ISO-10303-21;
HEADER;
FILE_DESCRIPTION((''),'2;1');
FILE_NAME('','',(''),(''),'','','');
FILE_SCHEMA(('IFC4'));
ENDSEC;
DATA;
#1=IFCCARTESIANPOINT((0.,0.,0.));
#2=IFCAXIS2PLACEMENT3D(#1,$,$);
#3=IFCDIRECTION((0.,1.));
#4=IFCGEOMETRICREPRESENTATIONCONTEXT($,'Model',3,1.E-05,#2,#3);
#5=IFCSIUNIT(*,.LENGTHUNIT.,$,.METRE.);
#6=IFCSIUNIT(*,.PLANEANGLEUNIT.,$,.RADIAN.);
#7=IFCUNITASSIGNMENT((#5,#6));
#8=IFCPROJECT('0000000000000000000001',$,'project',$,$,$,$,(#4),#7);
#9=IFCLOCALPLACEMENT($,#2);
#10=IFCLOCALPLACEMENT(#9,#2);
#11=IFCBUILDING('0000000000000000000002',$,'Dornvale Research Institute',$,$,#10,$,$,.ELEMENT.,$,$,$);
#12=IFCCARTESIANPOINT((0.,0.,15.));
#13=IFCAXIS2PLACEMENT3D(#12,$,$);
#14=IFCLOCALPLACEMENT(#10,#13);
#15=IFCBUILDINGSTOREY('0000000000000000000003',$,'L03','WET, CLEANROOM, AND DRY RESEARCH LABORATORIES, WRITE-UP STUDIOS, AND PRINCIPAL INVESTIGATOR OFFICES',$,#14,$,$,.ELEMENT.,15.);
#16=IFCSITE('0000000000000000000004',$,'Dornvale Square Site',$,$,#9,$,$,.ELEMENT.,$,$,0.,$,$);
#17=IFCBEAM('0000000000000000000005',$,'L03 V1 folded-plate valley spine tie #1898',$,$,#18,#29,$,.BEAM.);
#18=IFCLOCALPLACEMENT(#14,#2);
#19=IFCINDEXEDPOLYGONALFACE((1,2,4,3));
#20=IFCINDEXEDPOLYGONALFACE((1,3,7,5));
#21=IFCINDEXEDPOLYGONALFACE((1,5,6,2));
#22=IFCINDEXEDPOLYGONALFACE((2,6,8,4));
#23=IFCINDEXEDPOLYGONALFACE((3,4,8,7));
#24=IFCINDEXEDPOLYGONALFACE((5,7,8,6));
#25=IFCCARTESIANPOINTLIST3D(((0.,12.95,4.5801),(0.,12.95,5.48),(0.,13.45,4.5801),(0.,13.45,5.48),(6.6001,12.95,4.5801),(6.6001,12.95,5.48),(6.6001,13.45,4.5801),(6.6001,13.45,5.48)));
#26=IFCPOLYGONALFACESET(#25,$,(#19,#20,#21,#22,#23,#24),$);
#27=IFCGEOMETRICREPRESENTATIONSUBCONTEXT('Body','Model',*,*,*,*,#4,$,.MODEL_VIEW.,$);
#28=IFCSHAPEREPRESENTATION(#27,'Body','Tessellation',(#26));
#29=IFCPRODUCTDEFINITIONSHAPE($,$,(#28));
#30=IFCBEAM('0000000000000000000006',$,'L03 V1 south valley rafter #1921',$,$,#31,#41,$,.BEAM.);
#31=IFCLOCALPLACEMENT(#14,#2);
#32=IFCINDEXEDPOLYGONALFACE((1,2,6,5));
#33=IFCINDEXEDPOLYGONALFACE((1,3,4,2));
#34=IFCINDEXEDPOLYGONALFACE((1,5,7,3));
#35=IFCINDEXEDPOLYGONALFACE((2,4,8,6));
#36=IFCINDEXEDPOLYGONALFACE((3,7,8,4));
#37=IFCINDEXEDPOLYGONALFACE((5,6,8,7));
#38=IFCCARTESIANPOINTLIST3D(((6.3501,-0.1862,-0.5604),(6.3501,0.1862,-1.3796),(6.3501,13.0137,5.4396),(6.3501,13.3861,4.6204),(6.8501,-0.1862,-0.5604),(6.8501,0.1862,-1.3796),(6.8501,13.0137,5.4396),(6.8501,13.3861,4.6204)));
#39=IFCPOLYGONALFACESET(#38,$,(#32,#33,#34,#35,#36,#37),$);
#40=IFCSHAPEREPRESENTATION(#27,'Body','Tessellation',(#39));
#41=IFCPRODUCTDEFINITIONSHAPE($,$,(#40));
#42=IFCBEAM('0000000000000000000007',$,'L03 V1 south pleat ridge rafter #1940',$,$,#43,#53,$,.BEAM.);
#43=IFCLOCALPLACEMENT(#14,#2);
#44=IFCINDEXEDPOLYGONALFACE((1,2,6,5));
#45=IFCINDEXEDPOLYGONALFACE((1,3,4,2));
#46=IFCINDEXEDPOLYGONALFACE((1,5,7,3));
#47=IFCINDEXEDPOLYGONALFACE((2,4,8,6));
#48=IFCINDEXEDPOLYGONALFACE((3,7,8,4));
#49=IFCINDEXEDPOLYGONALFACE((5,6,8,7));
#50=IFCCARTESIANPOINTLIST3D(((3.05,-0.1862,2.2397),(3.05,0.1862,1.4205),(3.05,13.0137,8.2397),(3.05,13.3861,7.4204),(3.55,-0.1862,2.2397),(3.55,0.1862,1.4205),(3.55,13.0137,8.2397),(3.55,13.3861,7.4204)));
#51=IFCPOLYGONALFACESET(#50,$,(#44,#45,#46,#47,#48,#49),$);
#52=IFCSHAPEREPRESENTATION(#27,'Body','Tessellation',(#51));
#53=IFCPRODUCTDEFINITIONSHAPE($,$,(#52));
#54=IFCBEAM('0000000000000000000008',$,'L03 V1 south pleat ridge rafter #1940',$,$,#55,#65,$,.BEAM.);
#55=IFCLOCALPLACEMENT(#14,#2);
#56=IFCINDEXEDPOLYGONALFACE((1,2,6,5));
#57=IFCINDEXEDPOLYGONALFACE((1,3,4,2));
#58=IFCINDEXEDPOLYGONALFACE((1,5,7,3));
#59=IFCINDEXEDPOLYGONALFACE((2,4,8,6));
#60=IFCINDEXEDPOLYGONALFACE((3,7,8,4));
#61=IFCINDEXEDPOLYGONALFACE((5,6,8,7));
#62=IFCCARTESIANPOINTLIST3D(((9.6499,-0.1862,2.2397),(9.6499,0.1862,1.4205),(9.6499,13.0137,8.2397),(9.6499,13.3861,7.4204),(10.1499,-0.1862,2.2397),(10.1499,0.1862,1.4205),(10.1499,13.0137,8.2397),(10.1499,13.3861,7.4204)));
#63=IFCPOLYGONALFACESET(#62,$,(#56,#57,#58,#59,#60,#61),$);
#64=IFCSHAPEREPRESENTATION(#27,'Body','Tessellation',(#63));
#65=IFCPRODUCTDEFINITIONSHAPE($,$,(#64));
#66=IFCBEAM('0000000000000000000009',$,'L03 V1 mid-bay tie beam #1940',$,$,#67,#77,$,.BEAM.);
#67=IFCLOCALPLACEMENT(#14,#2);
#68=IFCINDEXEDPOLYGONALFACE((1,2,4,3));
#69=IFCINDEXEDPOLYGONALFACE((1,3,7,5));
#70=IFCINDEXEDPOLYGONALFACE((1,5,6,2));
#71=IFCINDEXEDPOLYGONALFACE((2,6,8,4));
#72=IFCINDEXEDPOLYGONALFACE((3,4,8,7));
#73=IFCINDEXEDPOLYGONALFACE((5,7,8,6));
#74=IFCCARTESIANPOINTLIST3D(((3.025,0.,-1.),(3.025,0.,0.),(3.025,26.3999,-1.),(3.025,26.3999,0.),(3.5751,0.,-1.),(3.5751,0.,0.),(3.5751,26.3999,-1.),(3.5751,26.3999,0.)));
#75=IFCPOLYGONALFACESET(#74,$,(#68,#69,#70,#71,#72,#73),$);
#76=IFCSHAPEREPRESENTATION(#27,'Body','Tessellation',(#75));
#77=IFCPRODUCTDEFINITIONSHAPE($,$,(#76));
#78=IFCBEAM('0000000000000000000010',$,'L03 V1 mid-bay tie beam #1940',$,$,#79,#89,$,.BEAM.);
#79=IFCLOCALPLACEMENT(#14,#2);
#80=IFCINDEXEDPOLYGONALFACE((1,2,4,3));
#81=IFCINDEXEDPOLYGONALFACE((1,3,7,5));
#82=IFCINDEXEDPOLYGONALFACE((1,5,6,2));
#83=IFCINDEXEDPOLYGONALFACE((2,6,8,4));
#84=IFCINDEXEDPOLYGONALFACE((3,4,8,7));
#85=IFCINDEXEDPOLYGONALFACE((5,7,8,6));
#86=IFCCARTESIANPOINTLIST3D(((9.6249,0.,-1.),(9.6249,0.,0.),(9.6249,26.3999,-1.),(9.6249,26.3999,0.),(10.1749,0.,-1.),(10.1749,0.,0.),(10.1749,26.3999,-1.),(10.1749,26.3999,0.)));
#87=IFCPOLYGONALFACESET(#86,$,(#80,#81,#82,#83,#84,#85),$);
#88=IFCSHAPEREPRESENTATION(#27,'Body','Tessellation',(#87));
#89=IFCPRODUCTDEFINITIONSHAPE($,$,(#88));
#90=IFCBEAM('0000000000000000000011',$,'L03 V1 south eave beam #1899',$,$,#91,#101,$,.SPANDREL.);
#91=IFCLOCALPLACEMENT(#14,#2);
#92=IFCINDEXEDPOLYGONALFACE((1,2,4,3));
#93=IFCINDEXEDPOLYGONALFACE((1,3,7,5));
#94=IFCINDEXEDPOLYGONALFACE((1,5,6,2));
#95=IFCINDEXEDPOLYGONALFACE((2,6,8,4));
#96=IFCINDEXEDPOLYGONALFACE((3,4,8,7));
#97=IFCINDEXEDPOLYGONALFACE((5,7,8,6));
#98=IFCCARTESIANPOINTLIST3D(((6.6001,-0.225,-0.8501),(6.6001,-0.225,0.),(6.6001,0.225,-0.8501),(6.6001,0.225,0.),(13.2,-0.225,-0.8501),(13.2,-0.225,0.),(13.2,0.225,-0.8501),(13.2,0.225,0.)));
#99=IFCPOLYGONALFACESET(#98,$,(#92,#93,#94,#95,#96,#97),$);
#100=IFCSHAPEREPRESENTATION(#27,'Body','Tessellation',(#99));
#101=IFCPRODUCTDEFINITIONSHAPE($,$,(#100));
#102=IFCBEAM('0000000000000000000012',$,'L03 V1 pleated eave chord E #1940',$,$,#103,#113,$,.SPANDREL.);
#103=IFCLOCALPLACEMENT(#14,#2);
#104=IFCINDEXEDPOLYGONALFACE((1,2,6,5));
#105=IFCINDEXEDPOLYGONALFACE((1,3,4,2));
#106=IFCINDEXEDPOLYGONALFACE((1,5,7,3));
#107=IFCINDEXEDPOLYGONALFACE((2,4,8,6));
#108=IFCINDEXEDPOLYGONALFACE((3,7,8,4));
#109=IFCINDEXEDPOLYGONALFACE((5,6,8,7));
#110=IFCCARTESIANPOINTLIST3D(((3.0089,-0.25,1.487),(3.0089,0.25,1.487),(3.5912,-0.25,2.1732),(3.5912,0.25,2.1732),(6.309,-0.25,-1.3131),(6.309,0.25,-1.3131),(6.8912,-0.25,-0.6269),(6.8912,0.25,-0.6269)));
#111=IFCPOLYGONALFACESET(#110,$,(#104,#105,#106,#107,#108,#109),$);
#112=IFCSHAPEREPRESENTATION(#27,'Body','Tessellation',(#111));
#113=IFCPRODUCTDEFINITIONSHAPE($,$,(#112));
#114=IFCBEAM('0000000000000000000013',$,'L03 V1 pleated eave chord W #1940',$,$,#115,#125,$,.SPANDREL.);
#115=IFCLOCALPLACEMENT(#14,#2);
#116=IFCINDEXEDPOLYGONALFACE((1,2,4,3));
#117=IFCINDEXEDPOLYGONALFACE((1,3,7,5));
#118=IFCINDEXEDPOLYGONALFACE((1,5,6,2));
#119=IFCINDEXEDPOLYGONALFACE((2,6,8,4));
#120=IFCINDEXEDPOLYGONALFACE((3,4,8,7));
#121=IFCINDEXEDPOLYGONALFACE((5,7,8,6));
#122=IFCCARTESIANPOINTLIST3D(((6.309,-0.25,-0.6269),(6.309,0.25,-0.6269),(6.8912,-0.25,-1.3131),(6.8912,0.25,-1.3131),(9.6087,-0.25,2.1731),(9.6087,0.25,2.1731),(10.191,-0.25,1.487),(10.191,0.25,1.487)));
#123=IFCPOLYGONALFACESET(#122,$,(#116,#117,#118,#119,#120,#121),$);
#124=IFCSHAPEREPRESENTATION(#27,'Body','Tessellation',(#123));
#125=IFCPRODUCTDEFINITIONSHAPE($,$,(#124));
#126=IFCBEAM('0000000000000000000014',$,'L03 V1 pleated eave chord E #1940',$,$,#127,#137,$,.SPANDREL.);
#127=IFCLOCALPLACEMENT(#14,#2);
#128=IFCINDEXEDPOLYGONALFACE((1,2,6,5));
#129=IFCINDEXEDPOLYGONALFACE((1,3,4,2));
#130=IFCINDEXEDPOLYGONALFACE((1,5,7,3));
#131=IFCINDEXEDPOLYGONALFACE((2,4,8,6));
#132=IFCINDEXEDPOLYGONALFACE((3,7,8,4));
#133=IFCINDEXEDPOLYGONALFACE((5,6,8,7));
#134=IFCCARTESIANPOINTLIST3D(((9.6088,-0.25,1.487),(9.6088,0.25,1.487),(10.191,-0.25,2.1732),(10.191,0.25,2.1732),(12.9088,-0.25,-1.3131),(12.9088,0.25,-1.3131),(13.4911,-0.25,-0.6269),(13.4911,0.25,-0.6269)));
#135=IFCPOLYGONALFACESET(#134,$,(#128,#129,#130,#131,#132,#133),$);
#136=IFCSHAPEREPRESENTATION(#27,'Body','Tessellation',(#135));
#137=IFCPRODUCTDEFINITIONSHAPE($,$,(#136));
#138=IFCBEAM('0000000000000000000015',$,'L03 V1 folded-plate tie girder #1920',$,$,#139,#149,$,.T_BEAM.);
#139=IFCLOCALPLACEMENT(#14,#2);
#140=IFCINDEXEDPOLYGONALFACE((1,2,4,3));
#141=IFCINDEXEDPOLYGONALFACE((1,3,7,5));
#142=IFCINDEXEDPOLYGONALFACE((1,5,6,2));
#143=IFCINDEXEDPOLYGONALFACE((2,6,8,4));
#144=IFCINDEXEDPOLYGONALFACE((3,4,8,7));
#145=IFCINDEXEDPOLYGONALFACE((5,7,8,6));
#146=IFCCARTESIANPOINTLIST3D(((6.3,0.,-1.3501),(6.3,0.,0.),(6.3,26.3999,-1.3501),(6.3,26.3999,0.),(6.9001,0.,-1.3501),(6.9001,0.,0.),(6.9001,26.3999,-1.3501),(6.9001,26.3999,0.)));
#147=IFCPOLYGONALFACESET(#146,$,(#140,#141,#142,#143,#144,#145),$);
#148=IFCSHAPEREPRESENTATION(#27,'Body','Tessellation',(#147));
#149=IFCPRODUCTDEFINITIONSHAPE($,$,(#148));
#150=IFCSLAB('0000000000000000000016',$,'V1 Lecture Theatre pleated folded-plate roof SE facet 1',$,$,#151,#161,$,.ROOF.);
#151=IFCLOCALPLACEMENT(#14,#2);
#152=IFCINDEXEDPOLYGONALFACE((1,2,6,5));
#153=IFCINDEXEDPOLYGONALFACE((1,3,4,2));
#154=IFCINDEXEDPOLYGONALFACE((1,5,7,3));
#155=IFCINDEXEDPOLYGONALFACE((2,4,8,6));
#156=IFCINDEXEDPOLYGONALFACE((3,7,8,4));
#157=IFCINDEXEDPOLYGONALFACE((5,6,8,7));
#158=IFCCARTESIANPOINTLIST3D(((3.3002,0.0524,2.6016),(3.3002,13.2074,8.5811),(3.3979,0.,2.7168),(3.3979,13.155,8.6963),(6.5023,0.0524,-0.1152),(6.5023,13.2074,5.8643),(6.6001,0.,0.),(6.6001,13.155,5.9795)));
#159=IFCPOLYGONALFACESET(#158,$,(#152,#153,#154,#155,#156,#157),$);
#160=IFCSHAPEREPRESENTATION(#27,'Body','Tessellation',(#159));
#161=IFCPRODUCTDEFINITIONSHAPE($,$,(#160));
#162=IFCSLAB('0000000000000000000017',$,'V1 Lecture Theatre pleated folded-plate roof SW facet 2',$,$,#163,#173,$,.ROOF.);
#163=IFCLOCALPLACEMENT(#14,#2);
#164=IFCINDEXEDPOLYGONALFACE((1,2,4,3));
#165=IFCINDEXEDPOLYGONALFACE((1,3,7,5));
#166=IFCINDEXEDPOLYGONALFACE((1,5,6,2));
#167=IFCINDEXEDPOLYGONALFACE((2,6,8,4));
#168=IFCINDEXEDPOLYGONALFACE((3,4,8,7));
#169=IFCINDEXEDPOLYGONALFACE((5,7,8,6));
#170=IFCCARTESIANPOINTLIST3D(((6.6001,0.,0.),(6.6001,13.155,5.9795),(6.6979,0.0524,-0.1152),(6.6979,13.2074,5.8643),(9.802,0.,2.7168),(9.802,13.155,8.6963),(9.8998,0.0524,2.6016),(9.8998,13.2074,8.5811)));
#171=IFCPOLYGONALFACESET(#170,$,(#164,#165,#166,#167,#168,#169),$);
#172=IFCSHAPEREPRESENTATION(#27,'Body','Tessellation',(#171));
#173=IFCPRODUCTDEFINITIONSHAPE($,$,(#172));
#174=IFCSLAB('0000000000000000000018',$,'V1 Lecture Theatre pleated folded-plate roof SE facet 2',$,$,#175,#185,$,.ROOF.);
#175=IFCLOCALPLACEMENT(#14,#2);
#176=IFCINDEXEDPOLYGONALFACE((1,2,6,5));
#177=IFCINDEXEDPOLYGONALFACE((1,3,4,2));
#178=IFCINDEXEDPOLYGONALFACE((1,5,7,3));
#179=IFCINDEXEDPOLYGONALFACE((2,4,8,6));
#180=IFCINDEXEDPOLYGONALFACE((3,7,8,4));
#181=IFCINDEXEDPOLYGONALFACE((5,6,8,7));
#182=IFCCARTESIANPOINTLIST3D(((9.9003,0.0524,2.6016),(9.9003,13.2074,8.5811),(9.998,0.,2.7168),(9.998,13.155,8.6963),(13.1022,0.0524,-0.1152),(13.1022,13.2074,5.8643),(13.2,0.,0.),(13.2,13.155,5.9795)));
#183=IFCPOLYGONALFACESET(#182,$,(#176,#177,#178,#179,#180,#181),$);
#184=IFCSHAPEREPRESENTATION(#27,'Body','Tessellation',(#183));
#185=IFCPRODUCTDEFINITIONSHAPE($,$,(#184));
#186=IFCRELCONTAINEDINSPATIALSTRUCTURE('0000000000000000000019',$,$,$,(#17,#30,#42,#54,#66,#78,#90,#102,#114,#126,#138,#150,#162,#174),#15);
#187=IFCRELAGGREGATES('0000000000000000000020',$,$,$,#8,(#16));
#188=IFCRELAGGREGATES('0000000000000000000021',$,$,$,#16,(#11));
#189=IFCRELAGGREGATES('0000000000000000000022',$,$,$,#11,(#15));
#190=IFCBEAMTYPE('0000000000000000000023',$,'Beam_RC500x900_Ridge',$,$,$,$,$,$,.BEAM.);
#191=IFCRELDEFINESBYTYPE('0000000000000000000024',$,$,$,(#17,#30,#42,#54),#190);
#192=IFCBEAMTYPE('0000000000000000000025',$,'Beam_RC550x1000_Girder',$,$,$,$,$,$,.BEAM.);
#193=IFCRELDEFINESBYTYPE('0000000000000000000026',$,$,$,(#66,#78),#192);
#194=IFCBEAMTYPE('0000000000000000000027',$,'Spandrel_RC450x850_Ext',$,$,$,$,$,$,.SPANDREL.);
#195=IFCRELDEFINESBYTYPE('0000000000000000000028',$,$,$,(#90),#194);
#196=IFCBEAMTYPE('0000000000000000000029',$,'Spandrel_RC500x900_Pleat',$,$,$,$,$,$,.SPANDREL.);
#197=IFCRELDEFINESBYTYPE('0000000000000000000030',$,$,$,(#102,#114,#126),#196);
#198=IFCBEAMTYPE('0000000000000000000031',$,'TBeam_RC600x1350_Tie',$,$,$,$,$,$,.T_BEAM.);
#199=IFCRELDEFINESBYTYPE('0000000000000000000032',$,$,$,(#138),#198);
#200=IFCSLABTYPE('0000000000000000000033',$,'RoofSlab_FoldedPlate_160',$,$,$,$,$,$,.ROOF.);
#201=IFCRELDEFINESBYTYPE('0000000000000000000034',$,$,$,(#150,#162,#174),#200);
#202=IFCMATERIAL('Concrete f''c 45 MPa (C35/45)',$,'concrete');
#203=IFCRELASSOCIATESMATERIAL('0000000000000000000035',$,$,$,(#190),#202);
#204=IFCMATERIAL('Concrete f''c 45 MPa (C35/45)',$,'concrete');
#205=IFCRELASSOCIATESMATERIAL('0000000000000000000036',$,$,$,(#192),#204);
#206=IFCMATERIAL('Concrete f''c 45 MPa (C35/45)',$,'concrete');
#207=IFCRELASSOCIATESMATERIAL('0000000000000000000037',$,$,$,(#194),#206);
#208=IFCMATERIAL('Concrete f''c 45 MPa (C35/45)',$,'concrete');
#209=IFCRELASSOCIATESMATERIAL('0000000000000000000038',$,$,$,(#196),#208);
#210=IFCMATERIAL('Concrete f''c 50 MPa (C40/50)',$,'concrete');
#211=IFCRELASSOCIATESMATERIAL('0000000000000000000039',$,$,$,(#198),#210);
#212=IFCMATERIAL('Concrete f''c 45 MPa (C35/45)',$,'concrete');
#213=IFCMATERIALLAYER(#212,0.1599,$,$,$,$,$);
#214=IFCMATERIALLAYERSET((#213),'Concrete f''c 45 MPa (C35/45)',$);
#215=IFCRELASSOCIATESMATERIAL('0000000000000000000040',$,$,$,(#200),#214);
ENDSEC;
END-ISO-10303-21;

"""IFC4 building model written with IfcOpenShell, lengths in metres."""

from ifc_helpers import new_model, si_unit, direction, frame, origin, origin_2d, place, context, subcontext, project, spatial, polyline, rectangle, outline, extrude, material, layer, layer_set, material_profile, profile_set, type_object, element, save


model = new_model("IFC4")

# Units and contexts
model_context = context("Model", 3, precision=1e-05, world=origin(), true_north=direction((0.0, 1.0)))
body_context = subcontext(model_context, "Body", "Model", "MODEL_VIEW")
ifc_project = project(units=[si_unit("LENGTHUNIT", "METRE"), si_unit("PLANEANGLEUNIT", "RADIAN")], contexts=[model_context])

# Site, building, storey
site_placement = place(None, origin())
site = spatial("IfcSite", under=ifc_project, at=site_placement, Name="Dornvale Square Site", CompositionType="ELEMENT", RefElevation=0.0)
building_placement = place(site_placement, origin())
building = spatial("IfcBuilding", under=site, at=building_placement, Name="Dornvale Research Institute", CompositionType="ELEMENT")
storey_placement = place(building_placement, frame((0.0, 0.0, 15.0)))
storey = spatial("IfcBuildingStorey", under=building, at=storey_placement, Name="L03", Description="WET, CLEANROOM, AND DRY RESEARCH LABORATORIES, WRITE-UP STUDIOS, AND PRINCIPAL INVESTIGATOR OFFICES", CompositionType="ELEMENT", Elevation=15.0)

# Beams
ifc_material_1 = material(Name="Concrete f'c 45 MPa (C35/45)", Category="concrete")
ifc_material_profile_1 = material_profile(ifc_material_1, rectangle(XDim=0.5, YDim=0.8999, at=origin_2d()), Name="RC 500x900")
ifc_profile_set_1 = profile_set([ifc_material_profile_1], Name="Concrete f'c 45 MPa (C35/45)")
beam_type_1 = type_object("IfcBeamType", Name="Beam_RC500x900_Ridge", PredefinedType="BEAM", material=ifc_profile_set_1)
beam_1_placement = place(storey_placement, frame((0.0, 13.2, 5.03), z_axis=(1.0, 0.0, 0.0), x_axis=(0.0, 1.0, 0.0)))
element("IfcBeam", 1, at=beam_1_placement, inside=storey, type_object=beam_type_1, Name="L03 V1 folded-plate valley spine tie #1898", PredefinedType="BEAM", context=body_context, shape_type="SweptSolid", body=[
    extrude(rectangle(XDim=0.5, YDim=0.8999, at=origin_2d()), origin(), (0.0, 0.0, 1.0), 6.6001),
])
for number, where, z_axis, x_axis, name in (
    (2, (6.6001, 0.0, -0.97), (0.0, 0.910366, 0.413804), (-1.0, 0.0, 0.0), "L03 V1 south valley rafter #1921"),
    (3, (3.3, 0.0, 1.8301), (0.0, 0.910366, 0.413804), (-1.0, 0.0, 0.0), "L03 V1 south pleat ridge rafter #1940"),
    (4, (9.8999, 0.0, 1.8301), (0.0, 0.910366, 0.413804), (-1.0, 0.0, 0.0), "L03 V1 south pleat ridge rafter #1940"),
):
    element("IfcBeam", number, at=place(storey_placement, frame(where, z_axis=z_axis, x_axis=x_axis)), inside=storey, type_object=beam_type_1, Name=name, PredefinedType="BEAM", context=body_context, shape_type="SweptSolid", body=[
        extrude(rectangle(XDim=0.5, YDim=0.8999, at=origin_2d()), origin(), (0.0, 0.0, 1.0), 14.4995),
    ])
ifc_material_2 = material(Name="Concrete f'c 45 MPa (C35/45)", Category="concrete")
ifc_material_profile_2 = material_profile(ifc_material_2, rectangle(XDim=0.55, YDim=1.0, at=origin_2d()), Name="RC 550x1000")
ifc_profile_set_2 = profile_set([ifc_material_profile_2], Name="Concrete f'c 45 MPa (C35/45)")
beam_type_2 = type_object("IfcBeamType", Name="Beam_RC550x1000_Girder", PredefinedType="BEAM", material=ifc_profile_set_2)
for number, where, z_axis, x_axis, name in (
    (5, (3.3, 0.0, -0.5), (0.0, 1.0, 0.0), (-1.0, 0.0, 0.0), "L03 V1 mid-bay tie beam #1940"),
    (6, (9.8999, 0.0, -0.5), (0.0, 1.0, 0.0), (-1.0, 0.0, 0.0), "L03 V1 mid-bay tie beam #1940"),
):
    element("IfcBeam", number, at=place(storey_placement, frame(where, z_axis=z_axis, x_axis=x_axis)), inside=storey, type_object=beam_type_2, Name=name, PredefinedType="BEAM", context=body_context, shape_type="SweptSolid", body=[
        extrude(rectangle(XDim=0.55, YDim=1.0, at=origin_2d()), origin(), (0.0, 0.0, 1.0), 26.3999),
    ])
ifc_material_3 = material(Name="Concrete f'c 45 MPa (C35/45)", Category="concrete")
ifc_material_profile_3 = material_profile(ifc_material_3, rectangle(XDim=0.45, YDim=0.8501, at=origin_2d()), Name="RC 450x850")
ifc_profile_set_3 = profile_set([ifc_material_profile_3], Name="Concrete f'c 45 MPa (C35/45)")
beam_type_3 = type_object("IfcBeamType", Name="Spandrel_RC450x850_Ext", PredefinedType="SPANDREL", material=ifc_profile_set_3)
beam_2_placement = place(storey_placement, frame((6.6001, 0.0, -0.425), z_axis=(1.0, 0.0, 0.0), x_axis=(0.0, 1.0, 0.0)))
element("IfcBeam", 7, at=beam_2_placement, inside=storey, type_object=beam_type_3, Name="L03 V1 south eave beam #1899", PredefinedType="SPANDREL", context=body_context, shape_type="SweptSolid", body=[
    extrude(rectangle(XDim=0.45, YDim=0.8501, at=origin_2d()), origin(), (0.0, 0.0, 1.0), 6.5999),
])
ifc_material_4 = material(Name="Concrete f'c 45 MPa (C35/45)", Category="concrete")
ifc_material_profile_4 = material_profile(ifc_material_4, rectangle(XDim=0.5, YDim=0.8999, at=origin_2d()), Name="RC 500x900")
ifc_profile_set_4 = profile_set([ifc_material_profile_4], Name="Concrete f'c 45 MPa (C35/45)")
beam_type_4 = type_object("IfcBeamType", Name="Spandrel_RC500x900_Pleat", PredefinedType="SPANDREL", material=ifc_profile_set_4)
beam_3_placement = place(storey_placement, frame((3.3, 0.0, 1.8301), z_axis=(0.762508, 0.0, -0.646978), x_axis=(0.0, 1.0, 0.0)))
element("IfcBeam", 8, at=beam_3_placement, inside=storey, type_object=beam_type_4, Name="L03 V1 pleated eave chord E #1940", PredefinedType="SPANDREL", context=body_context, shape_type="SweptSolid", body=[
    extrude(rectangle(XDim=0.5, YDim=0.8999, at=origin_2d()), origin(), (0.0, 0.0, 1.0), 4.3279),
])
beam_4_placement = place(storey_placement, frame((6.6001, 0.0, -0.97), z_axis=(0.762485, 0.0, 0.647006), x_axis=(0.0, 1.0, 0.0)))
element("IfcBeam", 9, at=beam_4_placement, inside=storey, type_object=beam_type_4, Name="L03 V1 pleated eave chord W #1940", PredefinedType="SPANDREL", context=body_context, shape_type="SweptSolid", body=[
    extrude(rectangle(XDim=0.5, YDim=0.8999, at=origin_2d()), origin(), (0.0, 0.0, 1.0), 4.3276),
])
beam_5_placement = place(storey_placement, frame((9.8999, 0.0, 1.8301), z_axis=(0.762508, 0.0, -0.646978), x_axis=(0.0, 1.0, 0.0)))
element("IfcBeam", 10, at=beam_5_placement, inside=storey, type_object=beam_type_4, Name="L03 V1 pleated eave chord E #1940", PredefinedType="SPANDREL", context=body_context, shape_type="SweptSolid", body=[
    extrude(rectangle(XDim=0.5, YDim=0.8999, at=origin_2d()), origin(), (0.0, 0.0, 1.0), 4.3279),
])
ifc_material_5 = material(Name="Concrete f'c 50 MPa (C40/50)", Category="concrete")
ifc_material_profile_5 = material_profile(ifc_material_5, rectangle(XDim=0.6001, YDim=1.3501, at=origin_2d()), Name="RC 600x1350")
ifc_profile_set_5 = profile_set([ifc_material_profile_5], Name="Concrete f'c 50 MPa (C40/50)")
beam_type_5 = type_object("IfcBeamType", Name="TBeam_RC600x1350_Tie", PredefinedType="T_BEAM", material=ifc_profile_set_5)
beam_6_placement = place(storey_placement, frame((6.6001, 0.0, -0.675), z_axis=(0.0, 1.0, 0.0), x_axis=(-1.0, 0.0, 0.0)))
element("IfcBeam", 11, at=beam_6_placement, inside=storey, type_object=beam_type_5, Name="L03 V1 folded-plate tie girder #1920", PredefinedType="T_BEAM", context=body_context, shape_type="SweptSolid", body=[
    extrude(rectangle(XDim=0.6001, YDim=1.3501, at=origin_2d()), origin(), (0.0, 0.0, 1.0), 26.3999),
])

# Slabs
ifc_material_6 = material(Name="Concrete f'c 45 MPa (C35/45)", Category="concrete")
ifc_layer_1 = layer(ifc_material_6, 0.1599)
ifc_layer_set_1 = layer_set([ifc_layer_1], Name="Concrete f'c 45 MPa (C35/45)")
slab_type = type_object("IfcSlabType", Name="RoofSlab_FoldedPlate_160", PredefinedType="ROOF", material=ifc_layer_set_1)
slab_1_placement = place(storey_placement, frame((3.3979, 0.0, 2.7168), z_axis=(0.611277, -0.327488, 0.720481), x_axis=(0.76253, 0.0, -0.646953)))
element("IfcSlab", 12, at=slab_1_placement, inside=storey, type_object=slab_type, Name="V1 Lecture Theatre pleated folded-plate roof SE facet 1", PredefinedType="ROOF", context=body_context, shape_type="SweptSolid", body=[
    extrude(outline(polyline([(0.0, 0.0), (4.1994, 0.0), (0.3309, 13.9228), (-3.8684, 13.9228), (0.0, 0.0)])), origin(), (0.0, 0.0, -1.0), 0.1599),
])
slab_2_placement = place(storey_placement, frame((6.6001, 0.0, 0.0), z_axis=(-0.611306, -0.327478, 0.72046), x_axis=(0.762506, 0.0, 0.646982)))
element("IfcSlab", 13, at=slab_2_placement, inside=storey, type_object=slab_type, Name="V1 Lecture Theatre pleated folded-plate roof SW facet 2", PredefinedType="ROOF", context=body_context, shape_type="SweptSolid", body=[
    extrude(outline(polyline([(0.0, 0.0), (4.1992, 0.0), (8.0678, 13.9227), (3.8686, 13.9227), (0.0, 0.0)])), origin(), (0.0, 0.0, -1.0), 0.1599),
])
slab_3_placement = place(storey_placement, frame((9.998, 0.0, 2.7168), z_axis=(0.611306, -0.327478, 0.72046), x_axis=(0.762506, 0.0, -0.646982)))
element("IfcSlab", 14, at=slab_3_placement, inside=storey, type_object=slab_type, Name="V1 Lecture Theatre pleated folded-plate roof SE facet 2", PredefinedType="ROOF", context=body_context, shape_type="SweptSolid", body=[
    extrude(outline(polyline([(0.0, 0.0), (4.1992, 0.0), (0.3306, 13.9227), (-3.8686, 13.9227), (0.0, 0.0)])), origin(), (0.0, 0.0, -1.0), 0.1599),
])

save(model, "model.ifc")
